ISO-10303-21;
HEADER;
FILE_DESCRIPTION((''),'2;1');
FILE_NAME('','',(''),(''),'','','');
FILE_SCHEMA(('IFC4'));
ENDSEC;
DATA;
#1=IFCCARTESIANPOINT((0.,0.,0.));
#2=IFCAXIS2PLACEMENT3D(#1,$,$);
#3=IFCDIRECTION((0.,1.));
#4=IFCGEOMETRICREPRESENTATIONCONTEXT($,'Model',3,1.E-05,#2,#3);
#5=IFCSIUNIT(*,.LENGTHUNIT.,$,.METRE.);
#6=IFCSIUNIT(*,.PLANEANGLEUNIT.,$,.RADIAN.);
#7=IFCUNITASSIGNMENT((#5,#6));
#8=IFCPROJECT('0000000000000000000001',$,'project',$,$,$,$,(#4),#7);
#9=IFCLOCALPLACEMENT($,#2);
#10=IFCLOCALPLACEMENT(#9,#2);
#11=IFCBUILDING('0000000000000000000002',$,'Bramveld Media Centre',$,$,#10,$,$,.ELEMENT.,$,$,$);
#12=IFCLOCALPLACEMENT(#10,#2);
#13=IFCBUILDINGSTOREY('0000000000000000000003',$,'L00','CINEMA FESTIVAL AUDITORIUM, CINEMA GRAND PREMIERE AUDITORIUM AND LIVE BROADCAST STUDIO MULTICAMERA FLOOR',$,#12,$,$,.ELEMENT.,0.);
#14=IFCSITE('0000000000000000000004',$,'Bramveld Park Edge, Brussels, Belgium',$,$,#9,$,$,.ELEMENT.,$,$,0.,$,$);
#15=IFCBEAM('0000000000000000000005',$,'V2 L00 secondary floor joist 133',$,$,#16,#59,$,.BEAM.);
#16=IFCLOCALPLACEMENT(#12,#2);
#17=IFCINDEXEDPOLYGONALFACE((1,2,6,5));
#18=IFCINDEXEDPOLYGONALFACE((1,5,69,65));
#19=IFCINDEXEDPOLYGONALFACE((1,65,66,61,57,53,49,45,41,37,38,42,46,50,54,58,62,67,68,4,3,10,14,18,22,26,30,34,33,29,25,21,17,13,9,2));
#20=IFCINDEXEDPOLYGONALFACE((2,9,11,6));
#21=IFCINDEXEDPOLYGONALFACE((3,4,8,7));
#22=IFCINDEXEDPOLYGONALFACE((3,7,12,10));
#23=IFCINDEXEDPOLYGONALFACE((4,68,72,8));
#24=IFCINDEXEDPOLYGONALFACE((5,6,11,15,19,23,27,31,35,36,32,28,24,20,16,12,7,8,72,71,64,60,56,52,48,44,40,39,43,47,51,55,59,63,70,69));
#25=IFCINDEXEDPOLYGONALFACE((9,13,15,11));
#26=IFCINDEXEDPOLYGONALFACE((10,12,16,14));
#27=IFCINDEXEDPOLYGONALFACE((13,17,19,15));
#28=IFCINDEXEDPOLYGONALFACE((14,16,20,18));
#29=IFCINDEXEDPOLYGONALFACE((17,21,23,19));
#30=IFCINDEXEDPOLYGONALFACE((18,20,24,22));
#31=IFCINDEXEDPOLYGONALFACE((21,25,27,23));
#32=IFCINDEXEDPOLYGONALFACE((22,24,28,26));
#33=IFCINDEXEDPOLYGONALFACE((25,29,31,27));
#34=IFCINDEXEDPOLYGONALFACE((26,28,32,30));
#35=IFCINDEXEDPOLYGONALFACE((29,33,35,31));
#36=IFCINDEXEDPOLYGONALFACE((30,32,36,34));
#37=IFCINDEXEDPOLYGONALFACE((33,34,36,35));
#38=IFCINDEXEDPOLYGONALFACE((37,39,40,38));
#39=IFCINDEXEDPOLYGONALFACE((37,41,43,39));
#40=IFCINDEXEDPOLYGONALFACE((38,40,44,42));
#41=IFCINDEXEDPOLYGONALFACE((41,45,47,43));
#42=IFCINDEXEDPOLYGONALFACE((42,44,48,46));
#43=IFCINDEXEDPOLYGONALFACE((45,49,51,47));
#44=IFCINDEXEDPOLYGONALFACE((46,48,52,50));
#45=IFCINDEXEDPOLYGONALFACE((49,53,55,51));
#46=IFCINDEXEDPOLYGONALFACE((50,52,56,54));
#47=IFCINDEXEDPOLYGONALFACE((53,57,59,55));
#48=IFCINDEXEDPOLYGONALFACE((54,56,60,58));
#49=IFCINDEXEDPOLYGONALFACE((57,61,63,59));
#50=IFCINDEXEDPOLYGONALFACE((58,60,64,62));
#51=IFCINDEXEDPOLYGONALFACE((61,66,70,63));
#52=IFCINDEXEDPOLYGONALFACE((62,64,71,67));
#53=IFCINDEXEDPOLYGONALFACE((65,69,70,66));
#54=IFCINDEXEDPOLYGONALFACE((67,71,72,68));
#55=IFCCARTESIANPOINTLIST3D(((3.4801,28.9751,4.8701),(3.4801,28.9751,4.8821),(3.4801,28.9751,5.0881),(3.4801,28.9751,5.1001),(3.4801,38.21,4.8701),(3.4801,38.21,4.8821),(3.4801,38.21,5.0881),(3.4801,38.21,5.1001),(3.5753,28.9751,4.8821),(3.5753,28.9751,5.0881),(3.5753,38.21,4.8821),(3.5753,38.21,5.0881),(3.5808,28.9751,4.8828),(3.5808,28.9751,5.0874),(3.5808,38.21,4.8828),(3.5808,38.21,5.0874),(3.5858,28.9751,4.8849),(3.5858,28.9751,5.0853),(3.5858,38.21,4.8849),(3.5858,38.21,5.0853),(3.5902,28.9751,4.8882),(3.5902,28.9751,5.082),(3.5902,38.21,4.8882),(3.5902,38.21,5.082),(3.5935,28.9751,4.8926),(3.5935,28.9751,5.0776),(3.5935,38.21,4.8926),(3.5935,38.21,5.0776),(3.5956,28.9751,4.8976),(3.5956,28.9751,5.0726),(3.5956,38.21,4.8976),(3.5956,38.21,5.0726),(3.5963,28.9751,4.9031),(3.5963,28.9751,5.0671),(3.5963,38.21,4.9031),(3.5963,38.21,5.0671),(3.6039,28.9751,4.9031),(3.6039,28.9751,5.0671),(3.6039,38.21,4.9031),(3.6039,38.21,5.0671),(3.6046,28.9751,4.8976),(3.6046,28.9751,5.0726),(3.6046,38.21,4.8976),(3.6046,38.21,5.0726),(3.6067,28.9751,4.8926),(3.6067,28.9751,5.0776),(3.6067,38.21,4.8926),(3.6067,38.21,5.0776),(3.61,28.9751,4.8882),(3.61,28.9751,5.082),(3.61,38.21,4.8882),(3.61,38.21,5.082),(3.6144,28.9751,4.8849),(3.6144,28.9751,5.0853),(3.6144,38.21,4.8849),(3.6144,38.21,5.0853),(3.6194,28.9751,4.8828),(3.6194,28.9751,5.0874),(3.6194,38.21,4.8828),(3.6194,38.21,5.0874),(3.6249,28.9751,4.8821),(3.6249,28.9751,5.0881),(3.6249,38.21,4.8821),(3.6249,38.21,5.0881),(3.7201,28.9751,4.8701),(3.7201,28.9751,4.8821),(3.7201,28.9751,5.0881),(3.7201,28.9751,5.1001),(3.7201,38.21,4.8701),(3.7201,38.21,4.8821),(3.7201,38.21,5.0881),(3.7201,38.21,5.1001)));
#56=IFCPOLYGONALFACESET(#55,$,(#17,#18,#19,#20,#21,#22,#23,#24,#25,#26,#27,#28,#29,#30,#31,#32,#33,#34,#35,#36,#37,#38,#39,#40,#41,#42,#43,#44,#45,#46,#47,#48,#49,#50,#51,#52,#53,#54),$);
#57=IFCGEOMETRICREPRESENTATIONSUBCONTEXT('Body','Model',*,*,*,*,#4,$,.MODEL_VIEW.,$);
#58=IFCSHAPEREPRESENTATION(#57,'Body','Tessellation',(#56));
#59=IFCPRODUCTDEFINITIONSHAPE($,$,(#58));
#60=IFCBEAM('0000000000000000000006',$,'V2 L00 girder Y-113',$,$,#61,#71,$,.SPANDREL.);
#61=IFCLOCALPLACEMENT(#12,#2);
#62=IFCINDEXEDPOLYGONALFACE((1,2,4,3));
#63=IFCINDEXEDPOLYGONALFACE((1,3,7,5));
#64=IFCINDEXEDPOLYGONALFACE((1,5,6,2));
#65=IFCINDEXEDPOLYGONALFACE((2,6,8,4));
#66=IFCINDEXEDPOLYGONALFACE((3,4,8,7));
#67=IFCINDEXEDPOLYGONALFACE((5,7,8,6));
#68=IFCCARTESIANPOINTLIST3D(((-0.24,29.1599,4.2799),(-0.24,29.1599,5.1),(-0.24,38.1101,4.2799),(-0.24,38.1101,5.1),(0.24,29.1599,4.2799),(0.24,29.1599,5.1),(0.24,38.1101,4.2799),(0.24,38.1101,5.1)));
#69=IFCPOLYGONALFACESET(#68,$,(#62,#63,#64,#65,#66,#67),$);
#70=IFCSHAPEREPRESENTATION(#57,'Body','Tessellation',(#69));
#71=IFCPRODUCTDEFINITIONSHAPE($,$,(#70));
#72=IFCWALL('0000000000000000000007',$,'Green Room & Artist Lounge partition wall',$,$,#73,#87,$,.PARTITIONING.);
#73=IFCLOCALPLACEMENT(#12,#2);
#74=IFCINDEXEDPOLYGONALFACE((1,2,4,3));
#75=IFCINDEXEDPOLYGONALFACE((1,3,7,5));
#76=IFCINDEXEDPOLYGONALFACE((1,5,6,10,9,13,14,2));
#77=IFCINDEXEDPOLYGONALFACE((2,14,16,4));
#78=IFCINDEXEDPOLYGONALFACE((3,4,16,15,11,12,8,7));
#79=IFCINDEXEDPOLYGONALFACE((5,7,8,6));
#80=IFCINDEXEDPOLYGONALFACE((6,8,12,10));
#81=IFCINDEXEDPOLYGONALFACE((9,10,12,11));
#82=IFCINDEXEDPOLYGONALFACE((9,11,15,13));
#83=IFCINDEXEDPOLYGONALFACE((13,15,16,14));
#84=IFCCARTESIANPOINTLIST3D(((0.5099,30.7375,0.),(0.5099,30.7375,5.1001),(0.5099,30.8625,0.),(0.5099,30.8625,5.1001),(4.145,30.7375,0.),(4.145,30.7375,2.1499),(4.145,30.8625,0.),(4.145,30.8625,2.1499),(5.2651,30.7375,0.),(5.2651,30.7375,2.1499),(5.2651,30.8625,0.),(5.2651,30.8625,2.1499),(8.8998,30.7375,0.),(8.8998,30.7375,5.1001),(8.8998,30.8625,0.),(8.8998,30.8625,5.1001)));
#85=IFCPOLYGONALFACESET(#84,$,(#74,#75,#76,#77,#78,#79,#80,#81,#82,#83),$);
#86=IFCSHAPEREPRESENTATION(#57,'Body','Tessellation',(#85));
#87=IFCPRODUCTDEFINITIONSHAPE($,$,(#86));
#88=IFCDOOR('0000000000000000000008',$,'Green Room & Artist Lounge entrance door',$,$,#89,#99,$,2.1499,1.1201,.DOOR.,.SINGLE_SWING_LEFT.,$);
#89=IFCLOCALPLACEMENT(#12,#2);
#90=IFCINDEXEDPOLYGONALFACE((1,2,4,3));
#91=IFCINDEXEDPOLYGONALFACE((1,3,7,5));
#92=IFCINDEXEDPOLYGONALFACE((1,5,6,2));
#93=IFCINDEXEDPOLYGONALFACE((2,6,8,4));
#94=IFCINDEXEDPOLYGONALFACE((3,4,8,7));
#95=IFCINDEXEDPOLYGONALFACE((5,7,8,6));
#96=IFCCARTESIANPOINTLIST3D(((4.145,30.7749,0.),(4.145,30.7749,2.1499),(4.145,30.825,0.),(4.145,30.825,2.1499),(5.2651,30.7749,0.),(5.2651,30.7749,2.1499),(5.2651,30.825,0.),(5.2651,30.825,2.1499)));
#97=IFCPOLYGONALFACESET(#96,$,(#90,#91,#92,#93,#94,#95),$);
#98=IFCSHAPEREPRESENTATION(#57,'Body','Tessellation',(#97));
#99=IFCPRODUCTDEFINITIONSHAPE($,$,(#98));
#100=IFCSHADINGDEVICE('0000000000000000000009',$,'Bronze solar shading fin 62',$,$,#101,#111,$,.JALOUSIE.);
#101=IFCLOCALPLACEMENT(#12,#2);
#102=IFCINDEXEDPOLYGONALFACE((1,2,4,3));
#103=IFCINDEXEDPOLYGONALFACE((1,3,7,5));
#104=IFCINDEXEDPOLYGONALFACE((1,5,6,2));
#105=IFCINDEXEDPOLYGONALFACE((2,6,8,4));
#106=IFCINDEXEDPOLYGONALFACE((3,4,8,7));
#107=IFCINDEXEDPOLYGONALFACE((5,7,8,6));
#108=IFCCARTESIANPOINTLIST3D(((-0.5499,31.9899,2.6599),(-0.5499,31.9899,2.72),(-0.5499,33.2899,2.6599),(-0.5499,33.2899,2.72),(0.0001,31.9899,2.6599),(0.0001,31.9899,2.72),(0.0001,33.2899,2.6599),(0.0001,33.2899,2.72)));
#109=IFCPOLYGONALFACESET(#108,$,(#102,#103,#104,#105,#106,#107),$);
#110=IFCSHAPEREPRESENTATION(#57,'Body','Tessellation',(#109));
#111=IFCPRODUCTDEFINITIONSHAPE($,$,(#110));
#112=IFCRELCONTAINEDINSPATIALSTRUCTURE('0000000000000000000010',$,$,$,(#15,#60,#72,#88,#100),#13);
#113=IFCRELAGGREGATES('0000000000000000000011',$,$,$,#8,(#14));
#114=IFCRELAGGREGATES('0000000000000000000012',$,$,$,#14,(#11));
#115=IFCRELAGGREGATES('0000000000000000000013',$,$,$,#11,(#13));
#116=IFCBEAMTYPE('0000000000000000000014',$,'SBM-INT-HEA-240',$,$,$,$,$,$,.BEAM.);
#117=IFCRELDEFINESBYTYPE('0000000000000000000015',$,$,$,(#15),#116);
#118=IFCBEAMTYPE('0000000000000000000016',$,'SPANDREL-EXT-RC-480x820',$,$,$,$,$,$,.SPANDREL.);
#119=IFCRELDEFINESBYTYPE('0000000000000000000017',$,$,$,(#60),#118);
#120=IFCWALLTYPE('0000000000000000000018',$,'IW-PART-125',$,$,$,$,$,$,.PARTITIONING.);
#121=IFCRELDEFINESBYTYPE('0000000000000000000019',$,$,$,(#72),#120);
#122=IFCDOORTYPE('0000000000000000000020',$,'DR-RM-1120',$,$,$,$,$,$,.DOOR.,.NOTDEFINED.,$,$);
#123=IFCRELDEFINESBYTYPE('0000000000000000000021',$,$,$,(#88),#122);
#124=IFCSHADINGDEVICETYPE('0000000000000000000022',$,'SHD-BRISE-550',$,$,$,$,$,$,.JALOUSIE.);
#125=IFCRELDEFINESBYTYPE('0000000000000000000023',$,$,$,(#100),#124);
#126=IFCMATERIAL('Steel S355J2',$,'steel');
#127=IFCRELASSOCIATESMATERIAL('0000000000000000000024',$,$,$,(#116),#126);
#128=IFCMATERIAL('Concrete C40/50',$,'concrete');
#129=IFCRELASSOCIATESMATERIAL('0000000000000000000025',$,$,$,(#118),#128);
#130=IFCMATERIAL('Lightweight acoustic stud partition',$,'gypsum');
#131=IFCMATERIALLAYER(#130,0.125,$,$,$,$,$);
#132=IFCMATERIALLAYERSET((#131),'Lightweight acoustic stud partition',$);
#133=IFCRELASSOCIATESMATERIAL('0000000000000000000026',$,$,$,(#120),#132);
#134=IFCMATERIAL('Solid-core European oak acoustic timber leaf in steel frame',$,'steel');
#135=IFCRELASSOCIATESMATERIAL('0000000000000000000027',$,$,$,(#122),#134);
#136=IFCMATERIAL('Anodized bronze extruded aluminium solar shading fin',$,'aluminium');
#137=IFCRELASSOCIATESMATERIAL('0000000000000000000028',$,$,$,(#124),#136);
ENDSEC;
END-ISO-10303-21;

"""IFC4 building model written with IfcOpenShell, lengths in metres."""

from ifc_helpers import new_model, si_unit, direction, frame, frame_2d, origin, origin_2d, place, context, subcontext, project, spatial, rectangle, i_section, extrude, material, layer, layer_set, material_profile, profile_set, type_object, element, fill, save


model = new_model("IFC4")

# Units and contexts
model_context = context("Model", 3, precision=1e-05, world=origin(), true_north=direction((0.0, 1.0)))
body_context = subcontext(model_context, "Body", "Model", "MODEL_VIEW")
ifc_project = project(units=[si_unit("LENGTHUNIT", "METRE"), si_unit("PLANEANGLEUNIT", "RADIAN")], contexts=[model_context])

# Site, building, storey
site_placement = place(None, origin())
site = spatial("IfcSite", under=ifc_project, at=site_placement, Name="Bramveld Park Edge, Brussels, Belgium", CompositionType="ELEMENT", RefElevation=0.0)
building_placement = place(site_placement, origin())
building = spatial("IfcBuilding", under=site, at=building_placement, Name="Bramveld Media Centre", CompositionType="ELEMENT")
storey_placement = place(building_placement, origin())
storey = spatial("IfcBuildingStorey", under=building, at=storey_placement, Name="L00", Description="CINEMA FESTIVAL AUDITORIUM, CINEMA GRAND PREMIERE AUDITORIUM AND LIVE BROADCAST STUDIO MULTICAMERA FLOOR", CompositionType="ELEMENT", Elevation=0.0)

# Beams
ifc_material_1 = material(Name="Steel S355J2", Category="steel")
ifc_material_profile_1 = material_profile(ifc_material_1, i_section(OverallWidth=0.24, OverallDepth=0.23, WebThickness=0.0076, FlangeThickness=0.012, FilletRadius=0.021, at=origin_2d()), Name="HEA 240")
ifc_profile_set_1 = profile_set([ifc_material_profile_1], Name="Steel S355J2")
beam_type_1 = type_object("IfcBeamType", Name="SBM-INT-HEA-240", PredefinedType="BEAM", material=ifc_profile_set_1)
beam_1_placement = place(storey_placement, frame((3.6001, 28.9751, 4.9851), z_axis=(0.0, 1.0, 0.0), x_axis=(-1.0, 0.0, 0.0)))
element("IfcBeam", 1, at=beam_1_placement, inside=storey, type_object=beam_type_1, Name="V2 L00 secondary floor joist 133", PredefinedType="BEAM", context=body_context, shape_type="SweptSolid", body=[
    extrude(i_section(OverallWidth=0.24, OverallDepth=0.23, WebThickness=0.0076, FlangeThickness=0.012, FilletRadius=0.021, at=origin_2d()), origin(), (0.0, 0.0, 1.0), 9.2349),
])
ifc_material_2 = material(Name="Concrete C40/50", Category="concrete")
ifc_material_profile_2 = material_profile(ifc_material_2, rectangle(XDim=0.48, YDim=0.8201, at=origin_2d()), Name="RC 480x820")
ifc_profile_set_2 = profile_set([ifc_material_profile_2], Name="Concrete C40/50")
beam_type_2 = type_object("IfcBeamType", Name="SPANDREL-EXT-RC-480x820", PredefinedType="SPANDREL", material=ifc_profile_set_2)
beam_2_placement = place(storey_placement, frame((0.0, 29.1599, 4.6899), z_axis=(0.0, 1.0, 0.0), x_axis=(-1.0, 0.0, 0.0)))
element("IfcBeam", 2, at=beam_2_placement, inside=storey, type_object=beam_type_2, Name="V2 L00 girder Y-113", PredefinedType="SPANDREL", context=body_context, shape_type="SweptSolid", body=[
    extrude(rectangle(XDim=0.48, YDim=0.8201, at=origin_2d()), origin(), (0.0, 0.0, 1.0), 8.9502),
])

# Wall, opening, door
ifc_material_3 = material(Name="Lightweight acoustic stud partition", Category="gypsum")
ifc_layer = layer(ifc_material_3, 0.125)
ifc_layer_set = layer_set([ifc_layer], Name="Lightweight acoustic stud partition")
wall_type = type_object("IfcWallType", Name="IW-PART-125", PredefinedType="PARTITIONING", material=ifc_layer_set)
wall_placement = place(storey_placement, frame((0.51, 30.8, 0.0), z_axis=(0.0, 0.0, 1.0), x_axis=(1.0, 0.0, 0.0)))
wall = element("IfcWall", 3, at=wall_placement, inside=storey, type_object=wall_type, Name="Green Room & Artist Lounge partition wall", PredefinedType="PARTITIONING", context=body_context, shape_type="SweptSolid", body=[
    extrude(rectangle(XDim=8.3899, YDim=0.125, at=frame_2d((4.1948, 0.0))), origin(), (0.0, 0.0, 1.0), 5.1001),
])
opening_placement = place(wall_placement, frame((3.635, 0.0, 0.0)))
opening = element("IfcOpeningElement", 4, at=opening_placement, cuts=wall, PredefinedType="OPENING", context=body_context, shape_type="SweptSolid", body=[
    extrude(rectangle(XDim=1.1201, YDim=2.1499, at=frame_2d((0.5601, 1.075))), frame((0.0, 0.0745, 0.0), z_axis=(0.0, -1.0, 0.0), x_axis=(1.0, 0.0, 0.0)), (0.0, 0.0, 1.0), 0.1489),
])
ifc_material_4 = material(Name="Solid-core European oak acoustic timber leaf in steel frame", Category="steel")
door_type = type_object("IfcDoorType", Name="DR-RM-1120", OperationType="NOTDEFINED", PredefinedType="DOOR", material=ifc_material_4)
door_placement = place(opening_placement, origin())
door = element("IfcDoor", 5, at=door_placement, inside=storey, type_object=door_type, Name="Green Room & Artist Lounge entrance door", OperationType="SINGLE_SWING_LEFT", OverallHeight=2.1499, OverallWidth=1.1201, PredefinedType="DOOR", context=body_context, shape_type="SweptSolid", body=[
    extrude(rectangle(XDim=1.1201, YDim=2.1499, at=frame_2d((0.5601, 1.075))), frame((0.0, 0.0249, 0.0), z_axis=(0.0, -1.0, 0.0), x_axis=(1.0, 0.0, 0.0)), (0.0, 0.0, 1.0), 0.05),
])
fill(opening, door)

# Shading device
ifc_material_5 = material(Name="Anodized bronze extruded aluminium solar shading fin", Category="aluminium")
shading_device_type = type_object("IfcShadingDeviceType", Name="SHD-BRISE-550", PredefinedType="JALOUSIE", material=ifc_material_5)
shading_device_placement = place(storey_placement, frame((-0.2749, 32.6399, 2.6599), z_axis=(0.0, 0.0, 1.0), x_axis=(1.0, 0.0, 0.0)))
element("IfcShadingDevice", 6, at=shading_device_placement, inside=storey, type_object=shading_device_type, Name="Bronze solar shading fin 62", PredefinedType="JALOUSIE", context=body_context, shape_type="SweptSolid", body=[
    extrude(rectangle(XDim=0.55, YDim=1.3, at=origin_2d()), origin(), (0.0, 0.0, 1.0), 0.0601),
])

save(model, "model.ifc")
